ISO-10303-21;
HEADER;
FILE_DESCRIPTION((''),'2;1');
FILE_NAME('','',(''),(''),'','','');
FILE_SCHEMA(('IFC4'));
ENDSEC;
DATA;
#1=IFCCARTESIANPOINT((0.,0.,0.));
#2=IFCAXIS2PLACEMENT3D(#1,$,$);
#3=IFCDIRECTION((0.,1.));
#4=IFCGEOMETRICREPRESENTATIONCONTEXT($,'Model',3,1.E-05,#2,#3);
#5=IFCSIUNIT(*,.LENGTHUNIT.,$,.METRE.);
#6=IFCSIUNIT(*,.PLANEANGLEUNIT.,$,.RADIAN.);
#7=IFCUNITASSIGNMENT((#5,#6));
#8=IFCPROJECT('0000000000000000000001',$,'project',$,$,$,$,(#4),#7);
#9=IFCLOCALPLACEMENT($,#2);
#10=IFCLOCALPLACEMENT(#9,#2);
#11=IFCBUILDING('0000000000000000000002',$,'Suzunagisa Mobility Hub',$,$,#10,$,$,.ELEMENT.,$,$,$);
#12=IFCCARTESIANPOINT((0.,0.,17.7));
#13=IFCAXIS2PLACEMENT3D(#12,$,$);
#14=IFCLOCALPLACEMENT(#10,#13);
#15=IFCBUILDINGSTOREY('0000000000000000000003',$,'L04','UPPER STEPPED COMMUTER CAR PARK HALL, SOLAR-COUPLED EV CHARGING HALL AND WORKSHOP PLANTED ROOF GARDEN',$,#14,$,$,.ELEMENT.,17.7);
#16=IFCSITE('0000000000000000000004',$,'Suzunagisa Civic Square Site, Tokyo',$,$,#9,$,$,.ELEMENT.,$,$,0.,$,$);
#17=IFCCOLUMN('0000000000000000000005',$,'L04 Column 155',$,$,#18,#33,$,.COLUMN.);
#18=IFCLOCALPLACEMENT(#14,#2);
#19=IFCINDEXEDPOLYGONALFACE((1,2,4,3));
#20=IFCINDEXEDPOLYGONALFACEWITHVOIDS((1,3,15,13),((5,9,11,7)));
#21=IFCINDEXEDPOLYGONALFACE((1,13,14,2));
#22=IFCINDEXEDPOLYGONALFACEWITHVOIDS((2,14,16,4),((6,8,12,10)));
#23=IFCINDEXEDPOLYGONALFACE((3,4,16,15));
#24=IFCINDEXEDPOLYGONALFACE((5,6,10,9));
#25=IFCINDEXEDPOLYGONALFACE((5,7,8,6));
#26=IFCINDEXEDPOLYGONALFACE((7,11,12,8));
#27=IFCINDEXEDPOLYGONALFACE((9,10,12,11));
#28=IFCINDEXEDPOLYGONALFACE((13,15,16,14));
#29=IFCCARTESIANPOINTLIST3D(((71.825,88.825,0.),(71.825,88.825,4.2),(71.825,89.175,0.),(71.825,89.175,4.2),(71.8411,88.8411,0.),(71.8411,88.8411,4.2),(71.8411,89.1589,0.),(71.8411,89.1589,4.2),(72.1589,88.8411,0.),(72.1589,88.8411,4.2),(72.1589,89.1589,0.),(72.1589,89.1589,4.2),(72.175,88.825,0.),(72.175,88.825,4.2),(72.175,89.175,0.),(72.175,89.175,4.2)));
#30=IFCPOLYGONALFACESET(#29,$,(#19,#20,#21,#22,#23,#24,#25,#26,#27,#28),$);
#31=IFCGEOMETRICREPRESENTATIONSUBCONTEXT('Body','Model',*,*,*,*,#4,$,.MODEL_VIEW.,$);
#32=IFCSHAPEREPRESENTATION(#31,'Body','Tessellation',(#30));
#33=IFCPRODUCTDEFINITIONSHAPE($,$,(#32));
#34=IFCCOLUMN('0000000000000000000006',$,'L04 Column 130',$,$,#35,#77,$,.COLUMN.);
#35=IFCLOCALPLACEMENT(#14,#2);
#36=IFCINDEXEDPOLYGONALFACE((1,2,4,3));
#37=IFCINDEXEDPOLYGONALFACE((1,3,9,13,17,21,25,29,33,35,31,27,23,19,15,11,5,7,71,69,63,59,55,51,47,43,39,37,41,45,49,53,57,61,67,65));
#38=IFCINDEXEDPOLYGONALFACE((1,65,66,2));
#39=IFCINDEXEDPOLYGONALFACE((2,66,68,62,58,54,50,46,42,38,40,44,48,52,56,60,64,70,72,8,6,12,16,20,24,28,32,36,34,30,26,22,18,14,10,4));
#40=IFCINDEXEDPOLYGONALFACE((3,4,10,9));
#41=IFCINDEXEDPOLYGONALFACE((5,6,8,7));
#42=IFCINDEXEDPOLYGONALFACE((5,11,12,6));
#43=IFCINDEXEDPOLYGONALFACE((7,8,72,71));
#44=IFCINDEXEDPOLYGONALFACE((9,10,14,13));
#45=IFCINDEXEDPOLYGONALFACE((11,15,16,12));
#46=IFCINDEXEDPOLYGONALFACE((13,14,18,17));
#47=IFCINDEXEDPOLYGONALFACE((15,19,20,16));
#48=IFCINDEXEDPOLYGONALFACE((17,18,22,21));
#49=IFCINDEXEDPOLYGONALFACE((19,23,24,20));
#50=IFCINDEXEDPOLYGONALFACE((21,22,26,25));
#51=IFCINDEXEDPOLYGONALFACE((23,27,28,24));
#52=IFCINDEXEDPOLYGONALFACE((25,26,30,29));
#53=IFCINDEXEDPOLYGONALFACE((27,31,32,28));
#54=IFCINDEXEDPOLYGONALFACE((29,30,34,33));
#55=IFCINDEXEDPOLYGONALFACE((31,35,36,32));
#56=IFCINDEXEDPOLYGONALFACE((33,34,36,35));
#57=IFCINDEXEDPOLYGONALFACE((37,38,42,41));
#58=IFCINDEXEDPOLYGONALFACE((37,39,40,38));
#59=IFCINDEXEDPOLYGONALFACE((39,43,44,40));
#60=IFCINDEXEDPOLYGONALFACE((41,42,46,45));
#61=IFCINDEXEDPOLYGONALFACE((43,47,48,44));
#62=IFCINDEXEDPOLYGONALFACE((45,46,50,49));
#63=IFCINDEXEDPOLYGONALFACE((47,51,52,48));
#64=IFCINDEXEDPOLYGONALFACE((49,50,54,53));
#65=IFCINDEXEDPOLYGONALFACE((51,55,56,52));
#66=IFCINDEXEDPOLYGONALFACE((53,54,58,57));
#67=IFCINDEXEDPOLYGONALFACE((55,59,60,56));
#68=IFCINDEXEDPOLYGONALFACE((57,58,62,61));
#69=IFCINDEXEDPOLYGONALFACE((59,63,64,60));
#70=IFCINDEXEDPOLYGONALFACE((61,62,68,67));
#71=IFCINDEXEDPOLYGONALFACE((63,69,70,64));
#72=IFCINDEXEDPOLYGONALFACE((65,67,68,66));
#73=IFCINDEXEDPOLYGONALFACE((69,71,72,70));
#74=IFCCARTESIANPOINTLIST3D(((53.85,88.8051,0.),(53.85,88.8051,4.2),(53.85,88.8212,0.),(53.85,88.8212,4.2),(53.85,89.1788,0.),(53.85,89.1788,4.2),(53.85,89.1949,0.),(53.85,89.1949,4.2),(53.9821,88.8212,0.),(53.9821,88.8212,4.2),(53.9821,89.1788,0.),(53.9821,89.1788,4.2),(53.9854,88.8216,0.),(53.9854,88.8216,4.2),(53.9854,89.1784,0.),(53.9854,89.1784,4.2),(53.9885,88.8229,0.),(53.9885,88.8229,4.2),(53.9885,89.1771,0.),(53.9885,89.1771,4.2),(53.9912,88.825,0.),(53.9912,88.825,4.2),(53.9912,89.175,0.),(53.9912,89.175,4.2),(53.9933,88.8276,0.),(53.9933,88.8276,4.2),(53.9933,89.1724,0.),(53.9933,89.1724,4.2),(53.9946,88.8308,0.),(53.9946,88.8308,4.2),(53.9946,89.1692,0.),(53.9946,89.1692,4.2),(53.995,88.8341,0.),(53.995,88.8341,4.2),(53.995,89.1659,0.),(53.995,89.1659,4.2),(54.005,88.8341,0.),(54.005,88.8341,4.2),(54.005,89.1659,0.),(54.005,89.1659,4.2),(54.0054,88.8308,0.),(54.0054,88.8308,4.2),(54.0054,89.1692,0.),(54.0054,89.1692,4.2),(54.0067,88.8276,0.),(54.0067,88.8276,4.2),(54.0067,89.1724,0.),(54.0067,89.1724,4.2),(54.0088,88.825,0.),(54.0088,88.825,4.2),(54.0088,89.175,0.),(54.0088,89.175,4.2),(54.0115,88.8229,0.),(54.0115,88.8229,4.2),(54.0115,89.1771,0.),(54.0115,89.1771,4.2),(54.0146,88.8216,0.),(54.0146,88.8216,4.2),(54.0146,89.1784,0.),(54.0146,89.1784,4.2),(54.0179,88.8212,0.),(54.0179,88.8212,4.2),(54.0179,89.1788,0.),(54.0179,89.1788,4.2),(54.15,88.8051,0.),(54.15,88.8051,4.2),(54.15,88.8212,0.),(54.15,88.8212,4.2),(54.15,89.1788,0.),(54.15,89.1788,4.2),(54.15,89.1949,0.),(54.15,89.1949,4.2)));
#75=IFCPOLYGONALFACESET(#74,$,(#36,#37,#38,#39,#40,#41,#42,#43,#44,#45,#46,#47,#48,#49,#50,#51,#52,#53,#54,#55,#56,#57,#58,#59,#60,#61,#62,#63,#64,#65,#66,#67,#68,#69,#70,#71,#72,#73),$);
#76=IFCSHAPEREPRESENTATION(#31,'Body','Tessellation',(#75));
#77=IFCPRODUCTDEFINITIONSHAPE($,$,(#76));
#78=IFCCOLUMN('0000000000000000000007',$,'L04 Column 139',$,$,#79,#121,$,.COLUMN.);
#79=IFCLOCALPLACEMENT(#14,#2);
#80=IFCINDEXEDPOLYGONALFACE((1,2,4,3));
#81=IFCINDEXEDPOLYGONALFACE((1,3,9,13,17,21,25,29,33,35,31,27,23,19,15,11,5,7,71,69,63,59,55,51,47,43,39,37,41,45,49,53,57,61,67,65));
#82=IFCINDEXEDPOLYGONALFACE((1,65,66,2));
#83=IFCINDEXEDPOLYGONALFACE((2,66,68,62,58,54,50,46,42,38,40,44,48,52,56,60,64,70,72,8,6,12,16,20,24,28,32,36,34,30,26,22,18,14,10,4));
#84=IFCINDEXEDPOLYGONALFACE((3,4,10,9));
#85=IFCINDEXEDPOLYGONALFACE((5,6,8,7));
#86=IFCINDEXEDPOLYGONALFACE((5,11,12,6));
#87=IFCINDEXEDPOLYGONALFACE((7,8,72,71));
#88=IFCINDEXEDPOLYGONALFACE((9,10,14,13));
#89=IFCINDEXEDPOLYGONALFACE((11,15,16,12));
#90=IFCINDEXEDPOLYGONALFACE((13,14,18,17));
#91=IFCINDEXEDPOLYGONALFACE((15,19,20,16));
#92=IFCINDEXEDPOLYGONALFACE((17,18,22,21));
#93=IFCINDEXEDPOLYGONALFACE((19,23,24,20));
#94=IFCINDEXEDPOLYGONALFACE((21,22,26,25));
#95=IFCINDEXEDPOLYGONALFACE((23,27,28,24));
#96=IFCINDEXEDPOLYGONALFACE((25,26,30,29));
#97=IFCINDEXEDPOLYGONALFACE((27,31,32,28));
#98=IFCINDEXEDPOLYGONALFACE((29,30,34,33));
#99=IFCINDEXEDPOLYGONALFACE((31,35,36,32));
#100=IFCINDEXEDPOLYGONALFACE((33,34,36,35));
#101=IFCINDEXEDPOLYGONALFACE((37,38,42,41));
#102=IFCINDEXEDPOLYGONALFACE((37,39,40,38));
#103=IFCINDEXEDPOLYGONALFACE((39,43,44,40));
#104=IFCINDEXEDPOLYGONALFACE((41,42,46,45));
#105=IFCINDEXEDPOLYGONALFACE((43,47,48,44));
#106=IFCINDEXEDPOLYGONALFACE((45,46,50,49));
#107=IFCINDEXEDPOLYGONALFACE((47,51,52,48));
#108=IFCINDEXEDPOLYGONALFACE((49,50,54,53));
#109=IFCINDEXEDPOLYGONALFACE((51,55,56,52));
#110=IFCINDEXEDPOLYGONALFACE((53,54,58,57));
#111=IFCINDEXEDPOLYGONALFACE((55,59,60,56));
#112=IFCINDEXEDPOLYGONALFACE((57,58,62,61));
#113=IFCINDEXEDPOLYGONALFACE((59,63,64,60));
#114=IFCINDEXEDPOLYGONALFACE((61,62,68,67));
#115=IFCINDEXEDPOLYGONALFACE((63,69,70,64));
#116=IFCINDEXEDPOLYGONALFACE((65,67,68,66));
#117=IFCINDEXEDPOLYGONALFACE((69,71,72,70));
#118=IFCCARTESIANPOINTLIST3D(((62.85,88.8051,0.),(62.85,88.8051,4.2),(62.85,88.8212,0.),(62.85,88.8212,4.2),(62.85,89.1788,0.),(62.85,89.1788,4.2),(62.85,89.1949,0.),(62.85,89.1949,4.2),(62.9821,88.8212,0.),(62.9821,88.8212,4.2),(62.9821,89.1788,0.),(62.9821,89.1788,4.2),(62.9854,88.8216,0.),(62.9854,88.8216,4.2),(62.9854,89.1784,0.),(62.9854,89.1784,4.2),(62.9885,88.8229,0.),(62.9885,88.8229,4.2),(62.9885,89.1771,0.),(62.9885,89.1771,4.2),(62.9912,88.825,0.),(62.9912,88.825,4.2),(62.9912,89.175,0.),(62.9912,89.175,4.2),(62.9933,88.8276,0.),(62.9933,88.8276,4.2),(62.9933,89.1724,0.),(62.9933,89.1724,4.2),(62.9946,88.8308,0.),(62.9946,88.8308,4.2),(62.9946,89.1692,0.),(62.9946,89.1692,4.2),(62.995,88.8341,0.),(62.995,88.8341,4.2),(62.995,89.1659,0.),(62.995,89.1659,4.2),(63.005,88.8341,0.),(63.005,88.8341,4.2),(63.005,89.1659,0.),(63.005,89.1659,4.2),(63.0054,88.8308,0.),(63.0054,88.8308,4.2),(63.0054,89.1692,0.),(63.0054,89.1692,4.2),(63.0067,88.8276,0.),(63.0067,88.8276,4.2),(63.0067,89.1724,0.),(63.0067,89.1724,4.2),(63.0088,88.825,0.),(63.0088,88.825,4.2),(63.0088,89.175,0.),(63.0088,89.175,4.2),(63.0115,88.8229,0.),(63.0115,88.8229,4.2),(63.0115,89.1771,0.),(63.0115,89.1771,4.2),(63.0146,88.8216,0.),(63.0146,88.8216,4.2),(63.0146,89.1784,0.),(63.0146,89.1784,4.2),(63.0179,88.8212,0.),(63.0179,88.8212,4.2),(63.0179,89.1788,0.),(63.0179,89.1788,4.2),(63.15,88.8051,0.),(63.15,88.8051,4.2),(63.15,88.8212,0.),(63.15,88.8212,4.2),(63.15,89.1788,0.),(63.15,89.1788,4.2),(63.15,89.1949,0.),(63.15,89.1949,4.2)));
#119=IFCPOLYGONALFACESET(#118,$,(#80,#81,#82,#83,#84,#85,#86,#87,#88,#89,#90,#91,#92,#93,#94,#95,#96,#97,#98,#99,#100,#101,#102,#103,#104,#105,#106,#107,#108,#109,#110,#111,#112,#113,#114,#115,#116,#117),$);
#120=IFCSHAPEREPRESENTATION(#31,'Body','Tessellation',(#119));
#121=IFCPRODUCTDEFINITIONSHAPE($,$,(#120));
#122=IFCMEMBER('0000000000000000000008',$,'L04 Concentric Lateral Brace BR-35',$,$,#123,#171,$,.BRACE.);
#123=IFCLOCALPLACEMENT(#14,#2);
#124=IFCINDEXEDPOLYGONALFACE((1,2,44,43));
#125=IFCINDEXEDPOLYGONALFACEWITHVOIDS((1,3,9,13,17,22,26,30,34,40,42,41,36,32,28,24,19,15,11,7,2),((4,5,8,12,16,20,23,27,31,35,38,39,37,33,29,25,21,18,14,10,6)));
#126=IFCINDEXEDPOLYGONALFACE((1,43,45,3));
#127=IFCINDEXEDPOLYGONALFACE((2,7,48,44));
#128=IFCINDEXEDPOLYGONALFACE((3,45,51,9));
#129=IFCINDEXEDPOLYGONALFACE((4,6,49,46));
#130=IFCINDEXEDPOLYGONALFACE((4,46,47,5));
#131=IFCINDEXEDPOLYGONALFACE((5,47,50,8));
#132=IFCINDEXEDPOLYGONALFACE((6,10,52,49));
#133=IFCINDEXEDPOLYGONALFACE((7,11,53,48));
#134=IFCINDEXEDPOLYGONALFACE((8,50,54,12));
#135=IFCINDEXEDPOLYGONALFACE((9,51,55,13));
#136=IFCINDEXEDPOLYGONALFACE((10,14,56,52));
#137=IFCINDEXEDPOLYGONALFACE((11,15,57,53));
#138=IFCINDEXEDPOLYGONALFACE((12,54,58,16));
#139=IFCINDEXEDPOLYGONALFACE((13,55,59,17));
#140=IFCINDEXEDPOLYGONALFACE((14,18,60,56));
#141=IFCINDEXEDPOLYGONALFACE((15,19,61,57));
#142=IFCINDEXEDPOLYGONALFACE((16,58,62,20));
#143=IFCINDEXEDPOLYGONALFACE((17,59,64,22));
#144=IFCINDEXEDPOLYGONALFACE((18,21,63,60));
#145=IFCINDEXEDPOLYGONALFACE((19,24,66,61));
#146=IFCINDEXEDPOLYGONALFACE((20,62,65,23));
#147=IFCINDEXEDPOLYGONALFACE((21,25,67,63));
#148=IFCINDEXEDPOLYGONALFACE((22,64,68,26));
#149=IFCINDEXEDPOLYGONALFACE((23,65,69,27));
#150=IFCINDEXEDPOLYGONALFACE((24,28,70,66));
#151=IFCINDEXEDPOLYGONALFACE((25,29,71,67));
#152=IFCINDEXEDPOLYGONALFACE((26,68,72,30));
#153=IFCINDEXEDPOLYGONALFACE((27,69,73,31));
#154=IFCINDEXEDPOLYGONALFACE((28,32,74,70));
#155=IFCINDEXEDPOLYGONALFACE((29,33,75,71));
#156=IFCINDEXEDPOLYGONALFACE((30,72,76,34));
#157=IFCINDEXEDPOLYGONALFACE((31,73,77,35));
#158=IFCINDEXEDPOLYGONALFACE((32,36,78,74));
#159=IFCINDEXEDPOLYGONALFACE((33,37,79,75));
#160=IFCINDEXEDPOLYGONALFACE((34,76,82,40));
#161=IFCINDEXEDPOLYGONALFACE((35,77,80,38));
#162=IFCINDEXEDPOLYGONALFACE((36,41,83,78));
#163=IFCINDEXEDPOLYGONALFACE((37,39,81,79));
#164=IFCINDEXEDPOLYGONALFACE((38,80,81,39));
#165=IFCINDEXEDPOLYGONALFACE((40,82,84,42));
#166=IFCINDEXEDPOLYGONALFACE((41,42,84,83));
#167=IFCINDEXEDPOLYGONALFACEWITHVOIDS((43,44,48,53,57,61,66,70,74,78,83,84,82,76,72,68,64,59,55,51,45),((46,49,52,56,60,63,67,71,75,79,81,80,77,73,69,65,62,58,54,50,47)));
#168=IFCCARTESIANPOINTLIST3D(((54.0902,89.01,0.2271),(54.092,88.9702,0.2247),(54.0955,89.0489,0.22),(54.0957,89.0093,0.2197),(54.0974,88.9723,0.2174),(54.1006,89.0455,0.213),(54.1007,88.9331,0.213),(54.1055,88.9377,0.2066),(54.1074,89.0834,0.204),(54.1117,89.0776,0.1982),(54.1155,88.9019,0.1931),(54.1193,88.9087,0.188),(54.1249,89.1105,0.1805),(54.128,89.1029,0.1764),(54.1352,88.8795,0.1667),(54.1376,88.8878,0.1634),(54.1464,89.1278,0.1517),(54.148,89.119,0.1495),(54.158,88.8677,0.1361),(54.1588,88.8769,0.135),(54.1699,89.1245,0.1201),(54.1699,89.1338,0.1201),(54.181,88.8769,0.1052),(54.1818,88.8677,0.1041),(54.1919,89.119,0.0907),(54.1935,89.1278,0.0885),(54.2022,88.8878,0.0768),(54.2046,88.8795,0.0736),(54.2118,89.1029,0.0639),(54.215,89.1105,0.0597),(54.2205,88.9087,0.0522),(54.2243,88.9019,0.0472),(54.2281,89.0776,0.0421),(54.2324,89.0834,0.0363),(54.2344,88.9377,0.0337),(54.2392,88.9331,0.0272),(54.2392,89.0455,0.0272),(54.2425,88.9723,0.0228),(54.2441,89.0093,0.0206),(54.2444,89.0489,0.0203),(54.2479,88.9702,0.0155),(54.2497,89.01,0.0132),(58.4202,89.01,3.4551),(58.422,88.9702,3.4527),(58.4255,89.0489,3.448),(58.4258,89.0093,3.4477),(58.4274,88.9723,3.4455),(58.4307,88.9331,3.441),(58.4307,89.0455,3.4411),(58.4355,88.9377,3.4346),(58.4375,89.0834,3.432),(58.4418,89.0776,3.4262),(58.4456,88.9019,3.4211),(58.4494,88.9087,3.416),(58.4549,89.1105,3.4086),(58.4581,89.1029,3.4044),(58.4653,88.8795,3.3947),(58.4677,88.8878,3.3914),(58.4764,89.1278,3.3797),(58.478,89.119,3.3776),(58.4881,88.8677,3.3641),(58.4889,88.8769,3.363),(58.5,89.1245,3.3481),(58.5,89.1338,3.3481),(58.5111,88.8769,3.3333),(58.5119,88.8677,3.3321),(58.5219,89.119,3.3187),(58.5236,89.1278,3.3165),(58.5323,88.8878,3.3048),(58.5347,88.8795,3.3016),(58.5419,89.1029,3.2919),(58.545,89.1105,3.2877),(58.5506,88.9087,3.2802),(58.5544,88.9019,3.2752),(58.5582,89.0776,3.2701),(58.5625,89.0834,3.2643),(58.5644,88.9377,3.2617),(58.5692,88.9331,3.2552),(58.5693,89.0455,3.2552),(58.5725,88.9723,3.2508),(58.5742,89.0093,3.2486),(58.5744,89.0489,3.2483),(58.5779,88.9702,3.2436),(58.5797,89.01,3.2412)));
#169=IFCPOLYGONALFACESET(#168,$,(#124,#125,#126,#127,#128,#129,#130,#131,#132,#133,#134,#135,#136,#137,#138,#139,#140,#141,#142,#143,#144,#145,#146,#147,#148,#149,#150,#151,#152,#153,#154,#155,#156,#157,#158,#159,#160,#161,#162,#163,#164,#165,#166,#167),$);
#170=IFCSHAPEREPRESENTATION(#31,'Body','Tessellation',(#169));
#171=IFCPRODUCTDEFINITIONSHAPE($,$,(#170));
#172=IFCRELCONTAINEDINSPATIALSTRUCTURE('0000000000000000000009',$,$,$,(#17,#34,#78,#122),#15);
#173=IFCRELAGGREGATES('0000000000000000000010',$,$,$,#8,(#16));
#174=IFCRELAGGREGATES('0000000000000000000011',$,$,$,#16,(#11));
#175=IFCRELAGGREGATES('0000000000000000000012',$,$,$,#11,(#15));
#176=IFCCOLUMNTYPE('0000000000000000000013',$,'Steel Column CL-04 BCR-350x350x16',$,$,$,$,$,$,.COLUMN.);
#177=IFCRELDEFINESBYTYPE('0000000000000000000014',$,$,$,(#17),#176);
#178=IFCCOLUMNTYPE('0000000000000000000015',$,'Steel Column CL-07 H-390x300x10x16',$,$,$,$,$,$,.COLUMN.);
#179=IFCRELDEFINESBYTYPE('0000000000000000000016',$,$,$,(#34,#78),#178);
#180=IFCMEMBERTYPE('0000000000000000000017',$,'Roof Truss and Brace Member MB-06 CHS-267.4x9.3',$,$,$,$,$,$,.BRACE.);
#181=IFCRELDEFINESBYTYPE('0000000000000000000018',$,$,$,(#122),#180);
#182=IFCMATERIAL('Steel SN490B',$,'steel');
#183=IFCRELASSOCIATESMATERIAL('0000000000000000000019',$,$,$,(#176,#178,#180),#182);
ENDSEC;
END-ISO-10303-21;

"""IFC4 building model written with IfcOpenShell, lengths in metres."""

from ifc_helpers import new_model, si_unit, direction, frame, origin, origin_2d, place, context, subcontext, project, spatial, hollow_rectangle, hollow_circle, i_section, extrude, material, material_profile, profile_set, type_object, element, save


model = new_model("IFC4")

# Units and contexts
model_context = context("Model", 3, precision=1e-05, world=origin(), true_north=direction((0.0, 1.0)))
body_context = subcontext(model_context, "Body", "Model", "MODEL_VIEW")
ifc_project = project(units=[si_unit("LENGTHUNIT", "METRE"), si_unit("PLANEANGLEUNIT", "RADIAN")], contexts=[model_context])

# Site, building, storey
site_placement = place(None, origin())
site = spatial("IfcSite", under=ifc_project, at=site_placement, Name="Suzunagisa Civic Square Site, Tokyo", CompositionType="ELEMENT", RefElevation=0.0)
building_placement = place(site_placement, origin())
building = spatial("IfcBuilding", under=site, at=building_placement, Name="Suzunagisa Mobility Hub", CompositionType="ELEMENT")
storey_placement = place(building_placement, frame((0.0, 0.0, 17.7)))
storey = spatial("IfcBuildingStorey", under=building, at=storey_placement, Name="L04", Description="UPPER STEPPED COMMUTER CAR PARK HALL, SOLAR-COUPLED EV CHARGING HALL AND WORKSHOP PLANTED ROOF GARDEN", CompositionType="ELEMENT", Elevation=17.7)

# Columns
ifc_material_1 = material(Name="Steel SN490B", Category="steel")
ifc_material_profile_1 = material_profile(ifc_material_1, hollow_rectangle(XDim=0.3501, YDim=0.3501, WallThickness=0.0161, at=origin_2d()), Name="BCR-350x350x16")
ifc_profile_set_1 = profile_set([ifc_material_profile_1], Name="Steel SN490B")
column_type_1 = type_object("IfcColumnType", Name="Steel Column CL-04 BCR-350x350x16", PredefinedType="COLUMN", material=ifc_profile_set_1)
column_placement = place(storey_placement, frame((72.0, 89.0, 0.0), z_axis=(0.0, 0.0, 1.0), x_axis=(1.0, 0.0, 0.0)))
element("IfcColumn", 1, at=column_placement, inside=storey, type_object=column_type_1, Name="L04 Column 155", PredefinedType="COLUMN", context=body_context, shape_type="SweptSolid", body=[
    extrude(hollow_rectangle(XDim=0.3501, YDim=0.3501, WallThickness=0.0161, at=origin_2d()), origin(), (0.0, 0.0, 1.0), 4.2),
])
ifc_material_profile_2 = material_profile(ifc_material_1, i_section(OverallWidth=0.3, OverallDepth=0.3899, WebThickness=0.01, FlangeThickness=0.0161, FilletRadius=0.0129, at=origin_2d()), Name="H-390x300x10x16")
ifc_profile_set_2 = profile_set([ifc_material_profile_2], Name="Steel SN490B")
column_type_2 = type_object("IfcColumnType", Name="Steel Column CL-07 H-390x300x10x16", PredefinedType="COLUMN", material=ifc_profile_set_2)
for number, where, z_axis, x_axis, name in (
    (2, (54.0, 89.0, 0.0), (0.0, 0.0, 1.0), (1.0, 0.0, 0.0), "L04 Column 130"),
    (3, (63.0, 89.0, 0.0), (0.0, 0.0, 1.0), (1.0, 0.0, 0.0), "L04 Column 139"),
):
    element("IfcColumn", number, at=place(storey_placement, frame(where, z_axis=z_axis, x_axis=x_axis)), inside=storey, type_object=column_type_2, Name=name, PredefinedType="COLUMN", context=body_context, shape_type="SweptSolid", body=[
        extrude(i_section(OverallWidth=0.3, OverallDepth=0.3899, WebThickness=0.01, FlangeThickness=0.0161, FilletRadius=0.0129, at=origin_2d()), origin(), (0.0, 0.0, 1.0), 4.2),
    ])

# Member
ifc_material_profile_3 = material_profile(ifc_material_1, hollow_circle(Radius=0.1338, WallThickness=0.0093, at=origin_2d()), Name="CHS-267.4x9.3")
ifc_profile_set_3 = profile_set([ifc_material_profile_3], Name="Steel SN490B")
member_type = type_object("IfcMemberType", Name="Roof Truss and Brace Member MB-06 CHS-267.4x9.3", PredefinedType="BRACE", material=ifc_profile_set_3)
for number, where, z_axis, x_axis, name in (
    (4, (54.1699, 89.0, 0.1201), (0.801732, 0.0, 0.597683), (0.0, 1.0, 0.0), "L04 Concentric Lateral Brace BR-35"),
):
    element("IfcMember", number, at=place(storey_placement, frame(where, z_axis=z_axis, x_axis=x_axis)), inside=storey, type_object=member_type, Name=name, PredefinedType="BRACE", context=body_context, shape_type="SweptSolid", body=[
        extrude(hollow_circle(Radius=0.1338, WallThickness=0.0093, at=origin_2d()), origin(), (0.0, 0.0, 1.0), 5.4009),
    ])

save(model, "model.ifc")
